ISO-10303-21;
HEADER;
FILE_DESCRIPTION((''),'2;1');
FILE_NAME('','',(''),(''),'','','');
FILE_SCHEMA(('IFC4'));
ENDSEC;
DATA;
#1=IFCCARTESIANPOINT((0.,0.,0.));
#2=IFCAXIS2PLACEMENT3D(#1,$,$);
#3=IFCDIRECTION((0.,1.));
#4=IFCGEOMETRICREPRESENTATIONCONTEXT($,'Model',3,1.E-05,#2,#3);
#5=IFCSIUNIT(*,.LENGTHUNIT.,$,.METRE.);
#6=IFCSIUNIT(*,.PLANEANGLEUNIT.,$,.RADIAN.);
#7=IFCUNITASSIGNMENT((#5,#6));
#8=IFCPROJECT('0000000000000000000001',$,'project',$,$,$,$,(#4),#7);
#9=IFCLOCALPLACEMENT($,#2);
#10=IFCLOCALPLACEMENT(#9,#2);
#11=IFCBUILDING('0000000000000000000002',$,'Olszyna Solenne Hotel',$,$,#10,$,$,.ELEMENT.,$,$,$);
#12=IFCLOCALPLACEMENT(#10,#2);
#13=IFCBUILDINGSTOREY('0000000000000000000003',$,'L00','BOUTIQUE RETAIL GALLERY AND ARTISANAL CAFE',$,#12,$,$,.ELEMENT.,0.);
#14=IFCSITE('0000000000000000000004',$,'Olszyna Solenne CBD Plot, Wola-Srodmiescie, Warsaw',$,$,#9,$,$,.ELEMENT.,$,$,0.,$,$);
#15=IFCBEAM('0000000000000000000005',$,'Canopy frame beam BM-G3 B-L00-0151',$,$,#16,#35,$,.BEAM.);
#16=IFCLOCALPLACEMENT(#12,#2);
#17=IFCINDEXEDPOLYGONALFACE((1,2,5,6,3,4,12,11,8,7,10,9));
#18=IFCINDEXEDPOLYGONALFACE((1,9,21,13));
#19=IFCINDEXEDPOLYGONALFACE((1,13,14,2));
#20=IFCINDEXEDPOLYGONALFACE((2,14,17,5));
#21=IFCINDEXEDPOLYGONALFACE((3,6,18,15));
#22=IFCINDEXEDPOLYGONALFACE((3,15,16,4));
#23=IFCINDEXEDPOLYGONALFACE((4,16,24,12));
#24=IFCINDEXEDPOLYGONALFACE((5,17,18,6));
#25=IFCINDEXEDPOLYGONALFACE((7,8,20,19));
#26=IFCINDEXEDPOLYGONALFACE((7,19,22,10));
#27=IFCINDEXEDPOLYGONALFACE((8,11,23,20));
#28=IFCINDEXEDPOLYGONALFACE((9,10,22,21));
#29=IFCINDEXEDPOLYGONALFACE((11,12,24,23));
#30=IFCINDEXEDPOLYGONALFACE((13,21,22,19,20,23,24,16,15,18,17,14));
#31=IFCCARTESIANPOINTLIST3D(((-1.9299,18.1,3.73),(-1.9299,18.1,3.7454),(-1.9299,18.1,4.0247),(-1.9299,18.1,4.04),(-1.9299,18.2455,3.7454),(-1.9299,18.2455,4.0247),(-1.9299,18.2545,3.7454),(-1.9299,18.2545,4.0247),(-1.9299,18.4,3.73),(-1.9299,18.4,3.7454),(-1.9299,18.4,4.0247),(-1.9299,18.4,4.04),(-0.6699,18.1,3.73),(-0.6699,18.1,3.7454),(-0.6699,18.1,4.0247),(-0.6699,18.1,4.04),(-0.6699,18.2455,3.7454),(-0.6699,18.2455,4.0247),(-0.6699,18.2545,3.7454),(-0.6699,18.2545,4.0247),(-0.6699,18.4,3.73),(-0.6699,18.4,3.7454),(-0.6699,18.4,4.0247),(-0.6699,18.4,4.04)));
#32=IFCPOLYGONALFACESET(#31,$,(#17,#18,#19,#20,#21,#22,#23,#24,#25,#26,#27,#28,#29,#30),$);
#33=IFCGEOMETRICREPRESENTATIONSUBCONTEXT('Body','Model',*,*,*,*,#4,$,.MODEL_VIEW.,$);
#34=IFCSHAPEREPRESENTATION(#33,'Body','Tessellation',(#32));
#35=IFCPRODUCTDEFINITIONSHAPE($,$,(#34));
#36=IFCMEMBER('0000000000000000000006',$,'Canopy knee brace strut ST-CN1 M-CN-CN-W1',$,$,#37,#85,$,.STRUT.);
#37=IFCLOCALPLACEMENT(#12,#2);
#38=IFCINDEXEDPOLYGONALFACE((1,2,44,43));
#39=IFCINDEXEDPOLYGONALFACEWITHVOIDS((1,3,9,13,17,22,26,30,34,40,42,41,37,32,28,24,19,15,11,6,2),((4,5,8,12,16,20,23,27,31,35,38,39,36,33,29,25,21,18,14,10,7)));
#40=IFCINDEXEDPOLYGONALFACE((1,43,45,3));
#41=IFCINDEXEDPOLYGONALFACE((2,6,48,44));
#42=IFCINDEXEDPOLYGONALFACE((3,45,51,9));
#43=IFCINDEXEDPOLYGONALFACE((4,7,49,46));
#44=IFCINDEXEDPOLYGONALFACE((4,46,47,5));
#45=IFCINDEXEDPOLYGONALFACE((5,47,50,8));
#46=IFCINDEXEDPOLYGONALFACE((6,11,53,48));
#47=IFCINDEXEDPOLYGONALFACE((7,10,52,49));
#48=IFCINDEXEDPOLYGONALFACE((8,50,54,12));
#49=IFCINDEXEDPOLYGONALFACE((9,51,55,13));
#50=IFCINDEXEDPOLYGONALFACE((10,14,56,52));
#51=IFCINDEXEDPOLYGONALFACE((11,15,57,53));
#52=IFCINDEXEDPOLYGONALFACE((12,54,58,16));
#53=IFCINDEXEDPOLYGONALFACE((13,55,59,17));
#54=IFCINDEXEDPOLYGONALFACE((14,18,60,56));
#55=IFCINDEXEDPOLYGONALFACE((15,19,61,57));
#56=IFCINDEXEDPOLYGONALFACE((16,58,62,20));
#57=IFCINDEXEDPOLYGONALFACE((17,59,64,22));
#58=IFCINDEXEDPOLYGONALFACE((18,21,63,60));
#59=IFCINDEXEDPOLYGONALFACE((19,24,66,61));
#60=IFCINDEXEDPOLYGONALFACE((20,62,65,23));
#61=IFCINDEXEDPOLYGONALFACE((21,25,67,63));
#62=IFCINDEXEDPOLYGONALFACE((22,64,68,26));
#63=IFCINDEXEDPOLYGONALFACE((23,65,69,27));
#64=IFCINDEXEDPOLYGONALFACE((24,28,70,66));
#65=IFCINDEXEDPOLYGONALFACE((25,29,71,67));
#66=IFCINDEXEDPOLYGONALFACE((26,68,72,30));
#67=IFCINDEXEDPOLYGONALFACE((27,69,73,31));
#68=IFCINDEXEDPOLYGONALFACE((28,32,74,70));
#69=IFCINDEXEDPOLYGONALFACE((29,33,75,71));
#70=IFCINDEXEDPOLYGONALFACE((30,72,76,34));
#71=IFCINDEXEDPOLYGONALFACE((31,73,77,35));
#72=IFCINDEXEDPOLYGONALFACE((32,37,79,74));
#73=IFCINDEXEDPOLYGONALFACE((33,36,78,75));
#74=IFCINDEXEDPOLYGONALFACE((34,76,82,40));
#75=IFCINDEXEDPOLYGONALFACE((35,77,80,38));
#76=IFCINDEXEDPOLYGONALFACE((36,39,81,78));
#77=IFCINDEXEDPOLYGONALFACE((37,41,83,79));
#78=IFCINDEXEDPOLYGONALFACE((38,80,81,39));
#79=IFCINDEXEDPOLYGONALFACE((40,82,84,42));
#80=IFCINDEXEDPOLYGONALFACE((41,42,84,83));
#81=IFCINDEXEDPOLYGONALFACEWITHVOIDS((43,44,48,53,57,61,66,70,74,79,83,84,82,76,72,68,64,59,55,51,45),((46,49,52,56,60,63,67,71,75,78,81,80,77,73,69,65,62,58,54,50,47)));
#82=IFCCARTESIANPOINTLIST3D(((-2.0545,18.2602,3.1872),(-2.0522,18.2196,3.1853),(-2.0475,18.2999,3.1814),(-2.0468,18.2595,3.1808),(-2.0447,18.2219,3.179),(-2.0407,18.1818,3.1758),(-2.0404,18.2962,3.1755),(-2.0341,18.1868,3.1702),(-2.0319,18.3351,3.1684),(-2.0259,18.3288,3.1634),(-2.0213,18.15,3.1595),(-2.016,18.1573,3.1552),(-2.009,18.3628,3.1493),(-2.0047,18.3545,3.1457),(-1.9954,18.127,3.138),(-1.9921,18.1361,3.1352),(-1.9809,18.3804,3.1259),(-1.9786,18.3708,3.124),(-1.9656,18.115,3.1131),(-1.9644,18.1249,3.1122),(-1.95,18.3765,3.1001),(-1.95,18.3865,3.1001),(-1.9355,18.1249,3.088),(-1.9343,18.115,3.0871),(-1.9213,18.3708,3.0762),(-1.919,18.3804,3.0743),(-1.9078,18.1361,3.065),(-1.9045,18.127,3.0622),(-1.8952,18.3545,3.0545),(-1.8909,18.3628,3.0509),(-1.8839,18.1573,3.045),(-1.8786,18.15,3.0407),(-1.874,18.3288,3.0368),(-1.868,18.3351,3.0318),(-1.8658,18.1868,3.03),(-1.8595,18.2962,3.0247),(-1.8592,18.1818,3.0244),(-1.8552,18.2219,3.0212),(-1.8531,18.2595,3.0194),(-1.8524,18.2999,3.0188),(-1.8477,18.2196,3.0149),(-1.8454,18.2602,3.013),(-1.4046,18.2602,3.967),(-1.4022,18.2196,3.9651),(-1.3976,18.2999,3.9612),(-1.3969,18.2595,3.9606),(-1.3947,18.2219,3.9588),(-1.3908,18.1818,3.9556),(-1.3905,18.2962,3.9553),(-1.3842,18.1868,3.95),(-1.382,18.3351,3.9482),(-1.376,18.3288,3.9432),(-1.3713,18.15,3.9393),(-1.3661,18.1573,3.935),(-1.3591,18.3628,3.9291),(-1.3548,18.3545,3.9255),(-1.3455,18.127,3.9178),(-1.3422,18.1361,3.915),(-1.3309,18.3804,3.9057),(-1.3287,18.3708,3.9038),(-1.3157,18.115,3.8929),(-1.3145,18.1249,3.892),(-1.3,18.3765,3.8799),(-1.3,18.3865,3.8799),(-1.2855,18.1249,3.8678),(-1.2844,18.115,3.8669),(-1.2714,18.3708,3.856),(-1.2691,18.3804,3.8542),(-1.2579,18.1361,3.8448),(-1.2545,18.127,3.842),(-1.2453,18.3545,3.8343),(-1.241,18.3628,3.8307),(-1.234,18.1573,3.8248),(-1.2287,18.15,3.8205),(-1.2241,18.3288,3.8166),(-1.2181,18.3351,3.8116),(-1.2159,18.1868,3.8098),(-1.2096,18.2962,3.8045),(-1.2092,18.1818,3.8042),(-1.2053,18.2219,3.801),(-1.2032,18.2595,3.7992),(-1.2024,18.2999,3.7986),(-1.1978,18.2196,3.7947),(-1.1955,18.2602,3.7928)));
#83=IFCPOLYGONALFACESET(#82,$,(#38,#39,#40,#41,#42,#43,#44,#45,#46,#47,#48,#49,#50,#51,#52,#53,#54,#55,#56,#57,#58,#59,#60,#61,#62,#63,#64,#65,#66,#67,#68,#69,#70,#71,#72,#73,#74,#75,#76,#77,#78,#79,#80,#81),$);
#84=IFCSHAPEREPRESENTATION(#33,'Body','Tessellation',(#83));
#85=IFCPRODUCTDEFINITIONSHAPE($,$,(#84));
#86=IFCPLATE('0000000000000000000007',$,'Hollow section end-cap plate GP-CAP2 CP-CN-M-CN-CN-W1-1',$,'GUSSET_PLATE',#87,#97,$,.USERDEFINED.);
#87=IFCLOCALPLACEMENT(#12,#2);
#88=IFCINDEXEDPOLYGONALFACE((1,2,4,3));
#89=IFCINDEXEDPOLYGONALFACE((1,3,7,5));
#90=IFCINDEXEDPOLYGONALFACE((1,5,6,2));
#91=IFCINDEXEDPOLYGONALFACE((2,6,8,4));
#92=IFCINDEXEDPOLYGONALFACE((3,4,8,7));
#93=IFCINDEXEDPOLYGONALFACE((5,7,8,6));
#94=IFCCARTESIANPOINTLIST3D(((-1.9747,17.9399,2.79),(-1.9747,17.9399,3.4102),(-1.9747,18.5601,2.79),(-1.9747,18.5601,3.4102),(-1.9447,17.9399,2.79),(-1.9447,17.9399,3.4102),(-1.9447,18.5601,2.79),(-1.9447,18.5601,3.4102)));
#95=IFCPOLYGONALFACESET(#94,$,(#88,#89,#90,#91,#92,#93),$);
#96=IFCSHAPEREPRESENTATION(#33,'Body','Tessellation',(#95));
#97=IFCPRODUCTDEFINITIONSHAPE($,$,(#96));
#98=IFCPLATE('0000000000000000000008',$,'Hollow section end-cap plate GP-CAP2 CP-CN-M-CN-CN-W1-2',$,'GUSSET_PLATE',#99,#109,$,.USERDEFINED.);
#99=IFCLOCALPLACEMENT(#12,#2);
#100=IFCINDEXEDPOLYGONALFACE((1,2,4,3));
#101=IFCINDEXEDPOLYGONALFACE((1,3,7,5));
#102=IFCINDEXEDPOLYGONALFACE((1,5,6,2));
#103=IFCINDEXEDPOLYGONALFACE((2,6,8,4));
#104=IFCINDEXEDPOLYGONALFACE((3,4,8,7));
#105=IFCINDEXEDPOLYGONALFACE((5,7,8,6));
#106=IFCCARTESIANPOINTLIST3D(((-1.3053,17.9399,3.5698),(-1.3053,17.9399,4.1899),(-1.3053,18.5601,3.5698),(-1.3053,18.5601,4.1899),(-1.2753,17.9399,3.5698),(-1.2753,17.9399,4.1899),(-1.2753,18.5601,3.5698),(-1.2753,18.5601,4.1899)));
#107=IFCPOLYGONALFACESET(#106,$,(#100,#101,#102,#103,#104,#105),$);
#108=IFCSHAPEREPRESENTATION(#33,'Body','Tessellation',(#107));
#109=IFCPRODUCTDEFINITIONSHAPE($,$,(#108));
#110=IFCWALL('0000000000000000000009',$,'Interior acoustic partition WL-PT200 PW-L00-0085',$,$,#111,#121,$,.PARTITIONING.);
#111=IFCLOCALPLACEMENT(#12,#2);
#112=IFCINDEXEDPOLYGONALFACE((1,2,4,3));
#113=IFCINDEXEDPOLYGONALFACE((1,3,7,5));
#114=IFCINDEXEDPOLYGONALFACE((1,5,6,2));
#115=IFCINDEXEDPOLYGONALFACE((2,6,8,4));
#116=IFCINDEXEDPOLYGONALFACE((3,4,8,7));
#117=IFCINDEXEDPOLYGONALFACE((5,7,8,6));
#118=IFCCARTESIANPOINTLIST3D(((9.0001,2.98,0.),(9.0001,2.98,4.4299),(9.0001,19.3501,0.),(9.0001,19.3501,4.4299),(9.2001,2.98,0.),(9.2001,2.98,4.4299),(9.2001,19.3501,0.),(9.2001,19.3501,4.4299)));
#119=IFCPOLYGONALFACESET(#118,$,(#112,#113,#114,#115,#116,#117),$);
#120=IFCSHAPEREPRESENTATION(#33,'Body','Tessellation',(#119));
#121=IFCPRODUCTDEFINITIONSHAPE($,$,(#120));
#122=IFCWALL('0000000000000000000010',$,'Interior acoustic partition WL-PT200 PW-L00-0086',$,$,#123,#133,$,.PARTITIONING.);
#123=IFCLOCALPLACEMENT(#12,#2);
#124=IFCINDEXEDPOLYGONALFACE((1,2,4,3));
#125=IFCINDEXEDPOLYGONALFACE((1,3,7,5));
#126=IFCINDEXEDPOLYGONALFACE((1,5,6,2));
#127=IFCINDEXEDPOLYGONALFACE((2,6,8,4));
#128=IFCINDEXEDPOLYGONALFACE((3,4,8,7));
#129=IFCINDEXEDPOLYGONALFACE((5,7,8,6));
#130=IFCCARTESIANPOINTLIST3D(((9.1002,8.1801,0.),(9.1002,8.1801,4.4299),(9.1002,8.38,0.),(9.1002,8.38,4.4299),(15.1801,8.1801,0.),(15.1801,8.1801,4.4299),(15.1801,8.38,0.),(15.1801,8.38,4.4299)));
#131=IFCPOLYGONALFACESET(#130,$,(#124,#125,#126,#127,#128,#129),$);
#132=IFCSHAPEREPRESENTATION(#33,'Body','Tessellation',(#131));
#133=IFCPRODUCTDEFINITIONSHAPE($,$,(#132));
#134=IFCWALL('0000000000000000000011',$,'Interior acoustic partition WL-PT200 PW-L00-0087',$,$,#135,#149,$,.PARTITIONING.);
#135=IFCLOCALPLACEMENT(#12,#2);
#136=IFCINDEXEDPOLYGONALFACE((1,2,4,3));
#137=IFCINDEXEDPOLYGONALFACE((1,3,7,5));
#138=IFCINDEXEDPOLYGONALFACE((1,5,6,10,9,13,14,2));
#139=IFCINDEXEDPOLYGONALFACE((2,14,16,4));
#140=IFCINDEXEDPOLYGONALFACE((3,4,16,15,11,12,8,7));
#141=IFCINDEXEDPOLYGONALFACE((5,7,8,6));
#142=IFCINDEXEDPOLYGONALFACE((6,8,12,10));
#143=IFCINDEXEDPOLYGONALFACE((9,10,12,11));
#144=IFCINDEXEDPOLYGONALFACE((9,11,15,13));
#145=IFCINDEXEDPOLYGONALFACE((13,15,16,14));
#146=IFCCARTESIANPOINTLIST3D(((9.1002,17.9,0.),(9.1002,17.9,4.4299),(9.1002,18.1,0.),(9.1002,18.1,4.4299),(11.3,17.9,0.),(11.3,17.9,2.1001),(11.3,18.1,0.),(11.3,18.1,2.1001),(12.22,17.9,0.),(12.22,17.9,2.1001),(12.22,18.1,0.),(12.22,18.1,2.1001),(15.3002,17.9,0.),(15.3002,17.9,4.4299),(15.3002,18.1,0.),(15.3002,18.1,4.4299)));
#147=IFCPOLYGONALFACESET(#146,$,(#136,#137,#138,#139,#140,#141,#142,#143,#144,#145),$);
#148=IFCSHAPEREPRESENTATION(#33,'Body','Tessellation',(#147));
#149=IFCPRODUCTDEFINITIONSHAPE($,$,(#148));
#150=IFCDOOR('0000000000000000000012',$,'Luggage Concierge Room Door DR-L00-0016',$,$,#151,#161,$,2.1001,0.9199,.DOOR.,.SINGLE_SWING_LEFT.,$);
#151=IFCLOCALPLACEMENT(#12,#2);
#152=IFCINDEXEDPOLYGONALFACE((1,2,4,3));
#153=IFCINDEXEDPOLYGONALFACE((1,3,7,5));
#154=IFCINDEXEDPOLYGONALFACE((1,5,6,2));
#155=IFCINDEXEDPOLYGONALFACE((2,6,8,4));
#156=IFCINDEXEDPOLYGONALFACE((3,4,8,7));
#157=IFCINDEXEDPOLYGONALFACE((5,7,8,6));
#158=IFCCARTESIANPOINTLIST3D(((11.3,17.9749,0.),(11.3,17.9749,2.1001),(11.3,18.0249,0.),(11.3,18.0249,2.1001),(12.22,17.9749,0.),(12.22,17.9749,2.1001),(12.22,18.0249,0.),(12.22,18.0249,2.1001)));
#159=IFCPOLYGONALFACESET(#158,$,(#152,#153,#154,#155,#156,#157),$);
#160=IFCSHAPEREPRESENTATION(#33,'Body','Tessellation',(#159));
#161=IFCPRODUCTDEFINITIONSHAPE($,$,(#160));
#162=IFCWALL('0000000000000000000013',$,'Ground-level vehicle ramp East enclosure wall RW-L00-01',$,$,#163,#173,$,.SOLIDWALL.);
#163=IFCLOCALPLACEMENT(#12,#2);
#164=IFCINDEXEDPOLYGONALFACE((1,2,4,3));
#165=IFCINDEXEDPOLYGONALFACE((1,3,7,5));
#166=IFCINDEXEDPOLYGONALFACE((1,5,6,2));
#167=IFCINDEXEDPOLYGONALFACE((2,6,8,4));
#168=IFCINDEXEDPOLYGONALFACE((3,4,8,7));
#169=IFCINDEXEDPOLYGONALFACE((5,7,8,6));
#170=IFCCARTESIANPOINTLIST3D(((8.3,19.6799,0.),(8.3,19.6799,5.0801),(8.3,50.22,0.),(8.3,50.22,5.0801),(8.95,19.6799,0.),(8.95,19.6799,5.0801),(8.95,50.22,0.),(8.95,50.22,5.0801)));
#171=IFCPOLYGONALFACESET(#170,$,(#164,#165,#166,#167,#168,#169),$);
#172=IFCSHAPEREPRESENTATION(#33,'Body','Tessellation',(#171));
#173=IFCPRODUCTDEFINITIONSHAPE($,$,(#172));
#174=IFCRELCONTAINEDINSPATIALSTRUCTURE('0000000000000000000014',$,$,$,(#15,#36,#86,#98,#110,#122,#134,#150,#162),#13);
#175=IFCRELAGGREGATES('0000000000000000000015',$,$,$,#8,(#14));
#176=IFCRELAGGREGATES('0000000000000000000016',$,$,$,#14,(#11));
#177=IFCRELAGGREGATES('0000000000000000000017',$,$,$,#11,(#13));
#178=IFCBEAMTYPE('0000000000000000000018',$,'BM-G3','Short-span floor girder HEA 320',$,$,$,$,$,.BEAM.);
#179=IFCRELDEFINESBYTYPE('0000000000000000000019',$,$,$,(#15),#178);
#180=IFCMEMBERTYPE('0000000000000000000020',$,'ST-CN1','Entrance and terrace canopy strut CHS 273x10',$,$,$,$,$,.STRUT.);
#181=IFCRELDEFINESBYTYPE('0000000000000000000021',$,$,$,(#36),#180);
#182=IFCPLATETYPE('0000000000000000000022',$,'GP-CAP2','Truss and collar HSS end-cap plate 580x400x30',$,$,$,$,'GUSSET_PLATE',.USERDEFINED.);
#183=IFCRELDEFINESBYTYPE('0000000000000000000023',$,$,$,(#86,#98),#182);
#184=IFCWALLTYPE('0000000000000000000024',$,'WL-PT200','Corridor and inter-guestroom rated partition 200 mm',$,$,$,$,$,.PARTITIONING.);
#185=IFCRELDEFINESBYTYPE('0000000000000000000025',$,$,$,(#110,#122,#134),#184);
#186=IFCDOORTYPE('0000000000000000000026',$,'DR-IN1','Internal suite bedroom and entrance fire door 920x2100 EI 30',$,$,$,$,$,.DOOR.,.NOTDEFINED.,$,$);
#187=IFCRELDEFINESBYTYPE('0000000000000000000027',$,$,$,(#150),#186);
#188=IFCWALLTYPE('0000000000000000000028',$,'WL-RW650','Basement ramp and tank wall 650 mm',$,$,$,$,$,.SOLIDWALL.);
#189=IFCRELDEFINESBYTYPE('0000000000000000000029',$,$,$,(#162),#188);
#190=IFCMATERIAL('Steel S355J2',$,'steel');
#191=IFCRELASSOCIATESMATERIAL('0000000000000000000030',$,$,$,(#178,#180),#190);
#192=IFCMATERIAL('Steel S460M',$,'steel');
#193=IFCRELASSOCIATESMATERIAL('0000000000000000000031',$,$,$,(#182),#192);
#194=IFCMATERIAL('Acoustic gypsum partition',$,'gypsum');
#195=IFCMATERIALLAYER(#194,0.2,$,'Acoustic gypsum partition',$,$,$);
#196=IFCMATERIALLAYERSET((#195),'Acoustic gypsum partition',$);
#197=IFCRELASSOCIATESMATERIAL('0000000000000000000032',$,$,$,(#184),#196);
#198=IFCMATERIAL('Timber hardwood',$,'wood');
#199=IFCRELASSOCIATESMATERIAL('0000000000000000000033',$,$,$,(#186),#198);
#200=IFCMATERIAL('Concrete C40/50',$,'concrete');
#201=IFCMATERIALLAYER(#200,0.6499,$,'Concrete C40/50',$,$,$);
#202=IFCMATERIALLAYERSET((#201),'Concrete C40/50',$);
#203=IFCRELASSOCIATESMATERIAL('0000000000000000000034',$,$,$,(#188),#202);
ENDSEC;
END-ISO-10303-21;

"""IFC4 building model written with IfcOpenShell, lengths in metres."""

from ifc_helpers import new_model, si_unit, direction, frame, frame_2d, origin, origin_2d, place, context, subcontext, project, spatial, rectangle, hollow_circle, i_section, extrude, source, transform, mapped, material, layer, layer_set, material_profile, profile_set, type_object, type_shapes, element, fill, save


model = new_model("IFC4")

# Units and contexts
model_context = context("Model", 3, precision=1e-05, world=origin(), true_north=direction((0.0, 1.0)))
body_context = subcontext(model_context, "Body", "Model", "MODEL_VIEW")
ifc_project = project(units=[si_unit("LENGTHUNIT", "METRE"), si_unit("PLANEANGLEUNIT", "RADIAN")], contexts=[model_context])

# Site, building, storey
site_placement = place(None, origin())
site = spatial("IfcSite", under=ifc_project, at=site_placement, Name="Olszyna Solenne CBD Plot, Wola-Srodmiescie, Warsaw", CompositionType="ELEMENT", RefElevation=0.0)
building_placement = place(site_placement, origin())
building = spatial("IfcBuilding", under=site, at=building_placement, Name="Olszyna Solenne Hotel", CompositionType="ELEMENT")
storey_placement = place(building_placement, origin())
storey = spatial("IfcBuildingStorey", under=building, at=storey_placement, Name="L00", Description="BOUTIQUE RETAIL GALLERY AND ARTISANAL CAFE", CompositionType="ELEMENT", Elevation=0.0)

# Shared definitions
ifc_material_1 = material(Name="Steel S355J2", Category="steel")

# Beam
ifc_material_profile_1 = material_profile(ifc_material_1, i_section(OverallWidth=0.3, OverallDepth=0.3101, WebThickness=0.009, FlangeThickness=0.0154, at=origin_2d()), Name="HEA 320", Category="load-bearing")
ifc_profile_set_1 = profile_set([ifc_material_profile_1], Name="Steel S355J2")
beam_type_1 = type_object("IfcBeamType", Name="BM-G3", Description="Short-span floor girder HEA 320", PredefinedType="BEAM", material=ifc_profile_set_1)
shared_shape_1 = source(origin(), body_context, "Body", "SweptSolid", [
    extrude(i_section(OverallWidth=0.3, OverallDepth=0.3101, WebThickness=0.009, FlangeThickness=0.0154, at=origin_2d()), origin(), (0.0, 0.0, 1.0), 1.26),
])
beam_1_placement = place(storey_placement, frame((-1.9299, 18.25, 3.885), z_axis=(1.0, 0.0, 0.0), x_axis=(0.0, 1.0, 0.0)))
element("IfcBeam", 1, at=beam_1_placement, inside=storey, type_object=beam_type_1, Name="Canopy frame beam BM-G3 B-L00-0151", PredefinedType="BEAM", context=body_context, shape_type="MappedRepresentation", body=[
    mapped(shared_shape_1, transform((0.0, 0.0, 0.0), x_axis=(1.0, 0.0, 0.0), y_axis=(0.0, 1.0, 0.0), z_axis=(0.0, 0.0, 1.0), scale=1.0)),
])

# Member
ifc_material_profile_2 = material_profile(ifc_material_1, hollow_circle(Radius=0.1365, WallThickness=0.01, at=origin_2d()), Name="CHS 273x10", Category="load-bearing")
ifc_profile_set_2 = profile_set([ifc_material_profile_2], Name="Steel S355J2")
member_type = type_object("IfcMemberType", Name="ST-CN1", Description="Entrance and terrace canopy strut CHS 273x10", PredefinedType="STRUT", material=ifc_profile_set_2)
shared_shape_2 = source(origin(), body_context, "Body", "SweptSolid", [
    extrude(hollow_circle(Radius=0.1365, WallThickness=0.01, at=origin_2d()), origin(), (0.0, 0.0, 1.0), 1.0151),
])
member_placement = place(storey_placement, frame((-1.95, 18.25, 3.1001), z_axis=(0.640232, 0.0, 0.768182), x_axis=(0.0, 1.0, 0.0)))
element("IfcMember", 2, at=member_placement, inside=storey, type_object=member_type, Name="Canopy knee brace strut ST-CN1 M-CN-CN-W1", PredefinedType="STRUT", context=body_context, shape_type="MappedRepresentation", body=[
    mapped(shared_shape_2, transform((0.0, 0.0, 0.0), x_axis=(1.0, 0.0, 0.0), y_axis=(0.0, 1.0, 0.0), z_axis=(0.0, 0.0, 1.0), scale=1.0)),
])

# Plates
ifc_material_2 = material(Name="Steel S460M", Category="steel")
plate_type = type_object("IfcPlateType", Name="GP-CAP2", Description="Truss and collar HSS end-cap plate 580x400x30", ElementType="GUSSET_PLATE", PredefinedType="USERDEFINED", material=ifc_material_2)
shared_shape_3 = source(origin(), body_context, "Body", "SweptSolid", [
    extrude(rectangle(XDim=0.03, YDim=0.6201, at=origin_2d()), origin(), (0.0, 0.0, 1.0), 0.6201),
])
for number, where, z_axis, x_axis, name in (
    (3, (-1.9597, 18.25, 2.79), (0.0, 0.0, 1.0), (1.0, 0.0, 0.0), "Hollow section end-cap plate GP-CAP2 CP-CN-M-CN-CN-W1-1"),
    (4, (-1.2903, 18.25, 3.5698), (0.0, 0.0, 1.0), (1.0, 0.0, 0.0), "Hollow section end-cap plate GP-CAP2 CP-CN-M-CN-CN-W1-2"),
):
    element("IfcPlate", number, at=place(storey_placement, frame(where, z_axis=z_axis, x_axis=x_axis)), inside=storey, type_object=plate_type, Name=name, ObjectType="GUSSET_PLATE", PredefinedType="USERDEFINED", context=body_context, shape_type="MappedRepresentation", body=[
        mapped(shared_shape_3, transform((0.0, 0.0, 0.0), x_axis=(1.0, 0.0, 0.0), y_axis=(0.0, 1.0, 0.0), z_axis=(0.0, 0.0, 1.0), scale=1.0)),
    ])

# Walls
ifc_material_3 = material(Name="Acoustic gypsum partition", Category="gypsum")
ifc_layer_1 = layer(ifc_material_3, 0.2, Name="Acoustic gypsum partition")
ifc_layer_set_1 = layer_set([ifc_layer_1], Name="Acoustic gypsum partition")
wall_type_1 = type_object("IfcWallType", Name="WL-PT200", Description="Corridor and inter-guestroom rated partition 200 mm", PredefinedType="PARTITIONING", material=ifc_layer_set_1)
wall_1_placement = place(storey_placement, frame((9.1001, 2.98, 0.0), z_axis=(0.0, 0.0, 1.0), x_axis=(0.0, 1.0, 0.0)))
element("IfcWall", 5, at=wall_1_placement, inside=storey, type_object=wall_type_1, Name="Interior acoustic partition WL-PT200 PW-L00-0085", PredefinedType="PARTITIONING", context=body_context, shape_type="SweptSolid", body=[
    extrude(rectangle(XDim=16.3701, YDim=0.2, at=frame_2d((8.1851, 0.0))), origin(), (0.0, 0.0, 1.0), 4.4299),
])
wall_2_placement = place(storey_placement, frame((9.1001, 8.28, 0.0), z_axis=(0.0, 0.0, 1.0), x_axis=(1.0, 0.0, 0.0)))
element("IfcWall", 6, at=wall_2_placement, inside=storey, type_object=wall_type_1, Name="Interior acoustic partition WL-PT200 PW-L00-0086", PredefinedType="PARTITIONING", context=body_context, shape_type="SweptSolid", body=[
    extrude(rectangle(XDim=6.0798, YDim=0.2, at=frame_2d((3.04, 0.0))), origin(), (0.0, 0.0, 1.0), 4.4299),
])

# Wall, opening, door
wall_3_placement = place(storey_placement, frame((9.1001, 18.0, 0.0), z_axis=(0.0, 0.0, 1.0), x_axis=(1.0, 0.0, 0.0)))
wall_3 = element("IfcWall", 7, at=wall_3_placement, inside=storey, type_object=wall_type_1, Name="Interior acoustic partition WL-PT200 PW-L00-0087", PredefinedType="PARTITIONING", context=body_context, shape_type="SweptSolid", body=[
    extrude(rectangle(XDim=6.2, YDim=0.2, at=frame_2d((3.1001, 0.0))), origin(), (0.0, 0.0, 1.0), 4.4299),
])
opening_placement = place(wall_3_placement, frame((2.2, 0.0, 0.0)))
opening = element("IfcOpeningElement", 8, at=opening_placement, cuts=wall_3, PredefinedType="OPENING", context=body_context, shape_type="SweptSolid", body=[
    extrude(rectangle(XDim=0.9199, YDim=2.1001, at=frame_2d((0.46, 1.05))), frame((0.0, 0.1099, 0.0), z_axis=(0.0, -1.0, 0.0), x_axis=(1.0, 0.0, 0.0)), (0.0, 0.0, 1.0), 0.22),
])
ifc_material_4 = material(Name="Timber hardwood", Category="wood")
door_type = type_object("IfcDoorType", Name="DR-IN1", Description="Internal suite bedroom and entrance fire door 920x2100 EI 30", OperationType="NOTDEFINED", PredefinedType="DOOR", material=ifc_material_4)
shared_shape_4 = source(origin(), body_context, "Body", "SweptSolid", [
    extrude(rectangle(XDim=0.9199, YDim=2.1001, at=frame_2d((0.46, 1.05))), frame((0.0, 0.0249, 0.0), z_axis=(0.0, -1.0, 0.0), x_axis=(1.0, 0.0, 0.0)), (0.0, 0.0, 1.0), 0.05),
])
type_shapes(door_type, [shared_shape_4])
door_placement = place(opening_placement, origin())
door = element("IfcDoor", 9, at=door_placement, inside=storey, type_object=door_type, Name="Luggage Concierge Room Door DR-L00-0016", OperationType="SINGLE_SWING_LEFT", OverallHeight=2.1001, OverallWidth=0.9199, PredefinedType="DOOR", context=body_context, shape_type="MappedRepresentation", body=[
    mapped(shared_shape_4, transform((0.0, 0.0, 0.0), x_axis=(1.0, 0.0, 0.0), y_axis=(0.0, 1.0, 0.0), z_axis=(0.0, 0.0, 1.0), scale=1.0)),
])
fill(opening, door)

# Wall
ifc_material_5 = material(Name="Concrete C40/50", Category="concrete")
ifc_layer_2 = layer(ifc_material_5, 0.6499, Name="Concrete C40/50")
ifc_layer_set_2 = layer_set([ifc_layer_2], Name="Concrete C40/50")
wall_type_2 = type_object("IfcWallType", Name="WL-RW650", Description="Basement ramp and tank wall 650 mm", PredefinedType="SOLIDWALL", material=ifc_layer_set_2)
wall_4_placement = place(storey_placement, frame((8.625, 19.6799, 0.0), z_axis=(0.0, 0.0, 1.0), x_axis=(0.0, 1.0, 0.0)))
element("IfcWall", 10, at=wall_4_placement, inside=storey, type_object=wall_type_2, Name="Ground-level vehicle ramp East enclosure wall RW-L00-01", PredefinedType="SOLIDWALL", context=body_context, shape_type="SweptSolid", body=[
    extrude(rectangle(XDim=30.54, YDim=0.6499, at=frame_2d((15.27, 0.0))), origin(), (0.0, 0.0, 1.0), 5.0801),
])

save(model, "model.ifc")
